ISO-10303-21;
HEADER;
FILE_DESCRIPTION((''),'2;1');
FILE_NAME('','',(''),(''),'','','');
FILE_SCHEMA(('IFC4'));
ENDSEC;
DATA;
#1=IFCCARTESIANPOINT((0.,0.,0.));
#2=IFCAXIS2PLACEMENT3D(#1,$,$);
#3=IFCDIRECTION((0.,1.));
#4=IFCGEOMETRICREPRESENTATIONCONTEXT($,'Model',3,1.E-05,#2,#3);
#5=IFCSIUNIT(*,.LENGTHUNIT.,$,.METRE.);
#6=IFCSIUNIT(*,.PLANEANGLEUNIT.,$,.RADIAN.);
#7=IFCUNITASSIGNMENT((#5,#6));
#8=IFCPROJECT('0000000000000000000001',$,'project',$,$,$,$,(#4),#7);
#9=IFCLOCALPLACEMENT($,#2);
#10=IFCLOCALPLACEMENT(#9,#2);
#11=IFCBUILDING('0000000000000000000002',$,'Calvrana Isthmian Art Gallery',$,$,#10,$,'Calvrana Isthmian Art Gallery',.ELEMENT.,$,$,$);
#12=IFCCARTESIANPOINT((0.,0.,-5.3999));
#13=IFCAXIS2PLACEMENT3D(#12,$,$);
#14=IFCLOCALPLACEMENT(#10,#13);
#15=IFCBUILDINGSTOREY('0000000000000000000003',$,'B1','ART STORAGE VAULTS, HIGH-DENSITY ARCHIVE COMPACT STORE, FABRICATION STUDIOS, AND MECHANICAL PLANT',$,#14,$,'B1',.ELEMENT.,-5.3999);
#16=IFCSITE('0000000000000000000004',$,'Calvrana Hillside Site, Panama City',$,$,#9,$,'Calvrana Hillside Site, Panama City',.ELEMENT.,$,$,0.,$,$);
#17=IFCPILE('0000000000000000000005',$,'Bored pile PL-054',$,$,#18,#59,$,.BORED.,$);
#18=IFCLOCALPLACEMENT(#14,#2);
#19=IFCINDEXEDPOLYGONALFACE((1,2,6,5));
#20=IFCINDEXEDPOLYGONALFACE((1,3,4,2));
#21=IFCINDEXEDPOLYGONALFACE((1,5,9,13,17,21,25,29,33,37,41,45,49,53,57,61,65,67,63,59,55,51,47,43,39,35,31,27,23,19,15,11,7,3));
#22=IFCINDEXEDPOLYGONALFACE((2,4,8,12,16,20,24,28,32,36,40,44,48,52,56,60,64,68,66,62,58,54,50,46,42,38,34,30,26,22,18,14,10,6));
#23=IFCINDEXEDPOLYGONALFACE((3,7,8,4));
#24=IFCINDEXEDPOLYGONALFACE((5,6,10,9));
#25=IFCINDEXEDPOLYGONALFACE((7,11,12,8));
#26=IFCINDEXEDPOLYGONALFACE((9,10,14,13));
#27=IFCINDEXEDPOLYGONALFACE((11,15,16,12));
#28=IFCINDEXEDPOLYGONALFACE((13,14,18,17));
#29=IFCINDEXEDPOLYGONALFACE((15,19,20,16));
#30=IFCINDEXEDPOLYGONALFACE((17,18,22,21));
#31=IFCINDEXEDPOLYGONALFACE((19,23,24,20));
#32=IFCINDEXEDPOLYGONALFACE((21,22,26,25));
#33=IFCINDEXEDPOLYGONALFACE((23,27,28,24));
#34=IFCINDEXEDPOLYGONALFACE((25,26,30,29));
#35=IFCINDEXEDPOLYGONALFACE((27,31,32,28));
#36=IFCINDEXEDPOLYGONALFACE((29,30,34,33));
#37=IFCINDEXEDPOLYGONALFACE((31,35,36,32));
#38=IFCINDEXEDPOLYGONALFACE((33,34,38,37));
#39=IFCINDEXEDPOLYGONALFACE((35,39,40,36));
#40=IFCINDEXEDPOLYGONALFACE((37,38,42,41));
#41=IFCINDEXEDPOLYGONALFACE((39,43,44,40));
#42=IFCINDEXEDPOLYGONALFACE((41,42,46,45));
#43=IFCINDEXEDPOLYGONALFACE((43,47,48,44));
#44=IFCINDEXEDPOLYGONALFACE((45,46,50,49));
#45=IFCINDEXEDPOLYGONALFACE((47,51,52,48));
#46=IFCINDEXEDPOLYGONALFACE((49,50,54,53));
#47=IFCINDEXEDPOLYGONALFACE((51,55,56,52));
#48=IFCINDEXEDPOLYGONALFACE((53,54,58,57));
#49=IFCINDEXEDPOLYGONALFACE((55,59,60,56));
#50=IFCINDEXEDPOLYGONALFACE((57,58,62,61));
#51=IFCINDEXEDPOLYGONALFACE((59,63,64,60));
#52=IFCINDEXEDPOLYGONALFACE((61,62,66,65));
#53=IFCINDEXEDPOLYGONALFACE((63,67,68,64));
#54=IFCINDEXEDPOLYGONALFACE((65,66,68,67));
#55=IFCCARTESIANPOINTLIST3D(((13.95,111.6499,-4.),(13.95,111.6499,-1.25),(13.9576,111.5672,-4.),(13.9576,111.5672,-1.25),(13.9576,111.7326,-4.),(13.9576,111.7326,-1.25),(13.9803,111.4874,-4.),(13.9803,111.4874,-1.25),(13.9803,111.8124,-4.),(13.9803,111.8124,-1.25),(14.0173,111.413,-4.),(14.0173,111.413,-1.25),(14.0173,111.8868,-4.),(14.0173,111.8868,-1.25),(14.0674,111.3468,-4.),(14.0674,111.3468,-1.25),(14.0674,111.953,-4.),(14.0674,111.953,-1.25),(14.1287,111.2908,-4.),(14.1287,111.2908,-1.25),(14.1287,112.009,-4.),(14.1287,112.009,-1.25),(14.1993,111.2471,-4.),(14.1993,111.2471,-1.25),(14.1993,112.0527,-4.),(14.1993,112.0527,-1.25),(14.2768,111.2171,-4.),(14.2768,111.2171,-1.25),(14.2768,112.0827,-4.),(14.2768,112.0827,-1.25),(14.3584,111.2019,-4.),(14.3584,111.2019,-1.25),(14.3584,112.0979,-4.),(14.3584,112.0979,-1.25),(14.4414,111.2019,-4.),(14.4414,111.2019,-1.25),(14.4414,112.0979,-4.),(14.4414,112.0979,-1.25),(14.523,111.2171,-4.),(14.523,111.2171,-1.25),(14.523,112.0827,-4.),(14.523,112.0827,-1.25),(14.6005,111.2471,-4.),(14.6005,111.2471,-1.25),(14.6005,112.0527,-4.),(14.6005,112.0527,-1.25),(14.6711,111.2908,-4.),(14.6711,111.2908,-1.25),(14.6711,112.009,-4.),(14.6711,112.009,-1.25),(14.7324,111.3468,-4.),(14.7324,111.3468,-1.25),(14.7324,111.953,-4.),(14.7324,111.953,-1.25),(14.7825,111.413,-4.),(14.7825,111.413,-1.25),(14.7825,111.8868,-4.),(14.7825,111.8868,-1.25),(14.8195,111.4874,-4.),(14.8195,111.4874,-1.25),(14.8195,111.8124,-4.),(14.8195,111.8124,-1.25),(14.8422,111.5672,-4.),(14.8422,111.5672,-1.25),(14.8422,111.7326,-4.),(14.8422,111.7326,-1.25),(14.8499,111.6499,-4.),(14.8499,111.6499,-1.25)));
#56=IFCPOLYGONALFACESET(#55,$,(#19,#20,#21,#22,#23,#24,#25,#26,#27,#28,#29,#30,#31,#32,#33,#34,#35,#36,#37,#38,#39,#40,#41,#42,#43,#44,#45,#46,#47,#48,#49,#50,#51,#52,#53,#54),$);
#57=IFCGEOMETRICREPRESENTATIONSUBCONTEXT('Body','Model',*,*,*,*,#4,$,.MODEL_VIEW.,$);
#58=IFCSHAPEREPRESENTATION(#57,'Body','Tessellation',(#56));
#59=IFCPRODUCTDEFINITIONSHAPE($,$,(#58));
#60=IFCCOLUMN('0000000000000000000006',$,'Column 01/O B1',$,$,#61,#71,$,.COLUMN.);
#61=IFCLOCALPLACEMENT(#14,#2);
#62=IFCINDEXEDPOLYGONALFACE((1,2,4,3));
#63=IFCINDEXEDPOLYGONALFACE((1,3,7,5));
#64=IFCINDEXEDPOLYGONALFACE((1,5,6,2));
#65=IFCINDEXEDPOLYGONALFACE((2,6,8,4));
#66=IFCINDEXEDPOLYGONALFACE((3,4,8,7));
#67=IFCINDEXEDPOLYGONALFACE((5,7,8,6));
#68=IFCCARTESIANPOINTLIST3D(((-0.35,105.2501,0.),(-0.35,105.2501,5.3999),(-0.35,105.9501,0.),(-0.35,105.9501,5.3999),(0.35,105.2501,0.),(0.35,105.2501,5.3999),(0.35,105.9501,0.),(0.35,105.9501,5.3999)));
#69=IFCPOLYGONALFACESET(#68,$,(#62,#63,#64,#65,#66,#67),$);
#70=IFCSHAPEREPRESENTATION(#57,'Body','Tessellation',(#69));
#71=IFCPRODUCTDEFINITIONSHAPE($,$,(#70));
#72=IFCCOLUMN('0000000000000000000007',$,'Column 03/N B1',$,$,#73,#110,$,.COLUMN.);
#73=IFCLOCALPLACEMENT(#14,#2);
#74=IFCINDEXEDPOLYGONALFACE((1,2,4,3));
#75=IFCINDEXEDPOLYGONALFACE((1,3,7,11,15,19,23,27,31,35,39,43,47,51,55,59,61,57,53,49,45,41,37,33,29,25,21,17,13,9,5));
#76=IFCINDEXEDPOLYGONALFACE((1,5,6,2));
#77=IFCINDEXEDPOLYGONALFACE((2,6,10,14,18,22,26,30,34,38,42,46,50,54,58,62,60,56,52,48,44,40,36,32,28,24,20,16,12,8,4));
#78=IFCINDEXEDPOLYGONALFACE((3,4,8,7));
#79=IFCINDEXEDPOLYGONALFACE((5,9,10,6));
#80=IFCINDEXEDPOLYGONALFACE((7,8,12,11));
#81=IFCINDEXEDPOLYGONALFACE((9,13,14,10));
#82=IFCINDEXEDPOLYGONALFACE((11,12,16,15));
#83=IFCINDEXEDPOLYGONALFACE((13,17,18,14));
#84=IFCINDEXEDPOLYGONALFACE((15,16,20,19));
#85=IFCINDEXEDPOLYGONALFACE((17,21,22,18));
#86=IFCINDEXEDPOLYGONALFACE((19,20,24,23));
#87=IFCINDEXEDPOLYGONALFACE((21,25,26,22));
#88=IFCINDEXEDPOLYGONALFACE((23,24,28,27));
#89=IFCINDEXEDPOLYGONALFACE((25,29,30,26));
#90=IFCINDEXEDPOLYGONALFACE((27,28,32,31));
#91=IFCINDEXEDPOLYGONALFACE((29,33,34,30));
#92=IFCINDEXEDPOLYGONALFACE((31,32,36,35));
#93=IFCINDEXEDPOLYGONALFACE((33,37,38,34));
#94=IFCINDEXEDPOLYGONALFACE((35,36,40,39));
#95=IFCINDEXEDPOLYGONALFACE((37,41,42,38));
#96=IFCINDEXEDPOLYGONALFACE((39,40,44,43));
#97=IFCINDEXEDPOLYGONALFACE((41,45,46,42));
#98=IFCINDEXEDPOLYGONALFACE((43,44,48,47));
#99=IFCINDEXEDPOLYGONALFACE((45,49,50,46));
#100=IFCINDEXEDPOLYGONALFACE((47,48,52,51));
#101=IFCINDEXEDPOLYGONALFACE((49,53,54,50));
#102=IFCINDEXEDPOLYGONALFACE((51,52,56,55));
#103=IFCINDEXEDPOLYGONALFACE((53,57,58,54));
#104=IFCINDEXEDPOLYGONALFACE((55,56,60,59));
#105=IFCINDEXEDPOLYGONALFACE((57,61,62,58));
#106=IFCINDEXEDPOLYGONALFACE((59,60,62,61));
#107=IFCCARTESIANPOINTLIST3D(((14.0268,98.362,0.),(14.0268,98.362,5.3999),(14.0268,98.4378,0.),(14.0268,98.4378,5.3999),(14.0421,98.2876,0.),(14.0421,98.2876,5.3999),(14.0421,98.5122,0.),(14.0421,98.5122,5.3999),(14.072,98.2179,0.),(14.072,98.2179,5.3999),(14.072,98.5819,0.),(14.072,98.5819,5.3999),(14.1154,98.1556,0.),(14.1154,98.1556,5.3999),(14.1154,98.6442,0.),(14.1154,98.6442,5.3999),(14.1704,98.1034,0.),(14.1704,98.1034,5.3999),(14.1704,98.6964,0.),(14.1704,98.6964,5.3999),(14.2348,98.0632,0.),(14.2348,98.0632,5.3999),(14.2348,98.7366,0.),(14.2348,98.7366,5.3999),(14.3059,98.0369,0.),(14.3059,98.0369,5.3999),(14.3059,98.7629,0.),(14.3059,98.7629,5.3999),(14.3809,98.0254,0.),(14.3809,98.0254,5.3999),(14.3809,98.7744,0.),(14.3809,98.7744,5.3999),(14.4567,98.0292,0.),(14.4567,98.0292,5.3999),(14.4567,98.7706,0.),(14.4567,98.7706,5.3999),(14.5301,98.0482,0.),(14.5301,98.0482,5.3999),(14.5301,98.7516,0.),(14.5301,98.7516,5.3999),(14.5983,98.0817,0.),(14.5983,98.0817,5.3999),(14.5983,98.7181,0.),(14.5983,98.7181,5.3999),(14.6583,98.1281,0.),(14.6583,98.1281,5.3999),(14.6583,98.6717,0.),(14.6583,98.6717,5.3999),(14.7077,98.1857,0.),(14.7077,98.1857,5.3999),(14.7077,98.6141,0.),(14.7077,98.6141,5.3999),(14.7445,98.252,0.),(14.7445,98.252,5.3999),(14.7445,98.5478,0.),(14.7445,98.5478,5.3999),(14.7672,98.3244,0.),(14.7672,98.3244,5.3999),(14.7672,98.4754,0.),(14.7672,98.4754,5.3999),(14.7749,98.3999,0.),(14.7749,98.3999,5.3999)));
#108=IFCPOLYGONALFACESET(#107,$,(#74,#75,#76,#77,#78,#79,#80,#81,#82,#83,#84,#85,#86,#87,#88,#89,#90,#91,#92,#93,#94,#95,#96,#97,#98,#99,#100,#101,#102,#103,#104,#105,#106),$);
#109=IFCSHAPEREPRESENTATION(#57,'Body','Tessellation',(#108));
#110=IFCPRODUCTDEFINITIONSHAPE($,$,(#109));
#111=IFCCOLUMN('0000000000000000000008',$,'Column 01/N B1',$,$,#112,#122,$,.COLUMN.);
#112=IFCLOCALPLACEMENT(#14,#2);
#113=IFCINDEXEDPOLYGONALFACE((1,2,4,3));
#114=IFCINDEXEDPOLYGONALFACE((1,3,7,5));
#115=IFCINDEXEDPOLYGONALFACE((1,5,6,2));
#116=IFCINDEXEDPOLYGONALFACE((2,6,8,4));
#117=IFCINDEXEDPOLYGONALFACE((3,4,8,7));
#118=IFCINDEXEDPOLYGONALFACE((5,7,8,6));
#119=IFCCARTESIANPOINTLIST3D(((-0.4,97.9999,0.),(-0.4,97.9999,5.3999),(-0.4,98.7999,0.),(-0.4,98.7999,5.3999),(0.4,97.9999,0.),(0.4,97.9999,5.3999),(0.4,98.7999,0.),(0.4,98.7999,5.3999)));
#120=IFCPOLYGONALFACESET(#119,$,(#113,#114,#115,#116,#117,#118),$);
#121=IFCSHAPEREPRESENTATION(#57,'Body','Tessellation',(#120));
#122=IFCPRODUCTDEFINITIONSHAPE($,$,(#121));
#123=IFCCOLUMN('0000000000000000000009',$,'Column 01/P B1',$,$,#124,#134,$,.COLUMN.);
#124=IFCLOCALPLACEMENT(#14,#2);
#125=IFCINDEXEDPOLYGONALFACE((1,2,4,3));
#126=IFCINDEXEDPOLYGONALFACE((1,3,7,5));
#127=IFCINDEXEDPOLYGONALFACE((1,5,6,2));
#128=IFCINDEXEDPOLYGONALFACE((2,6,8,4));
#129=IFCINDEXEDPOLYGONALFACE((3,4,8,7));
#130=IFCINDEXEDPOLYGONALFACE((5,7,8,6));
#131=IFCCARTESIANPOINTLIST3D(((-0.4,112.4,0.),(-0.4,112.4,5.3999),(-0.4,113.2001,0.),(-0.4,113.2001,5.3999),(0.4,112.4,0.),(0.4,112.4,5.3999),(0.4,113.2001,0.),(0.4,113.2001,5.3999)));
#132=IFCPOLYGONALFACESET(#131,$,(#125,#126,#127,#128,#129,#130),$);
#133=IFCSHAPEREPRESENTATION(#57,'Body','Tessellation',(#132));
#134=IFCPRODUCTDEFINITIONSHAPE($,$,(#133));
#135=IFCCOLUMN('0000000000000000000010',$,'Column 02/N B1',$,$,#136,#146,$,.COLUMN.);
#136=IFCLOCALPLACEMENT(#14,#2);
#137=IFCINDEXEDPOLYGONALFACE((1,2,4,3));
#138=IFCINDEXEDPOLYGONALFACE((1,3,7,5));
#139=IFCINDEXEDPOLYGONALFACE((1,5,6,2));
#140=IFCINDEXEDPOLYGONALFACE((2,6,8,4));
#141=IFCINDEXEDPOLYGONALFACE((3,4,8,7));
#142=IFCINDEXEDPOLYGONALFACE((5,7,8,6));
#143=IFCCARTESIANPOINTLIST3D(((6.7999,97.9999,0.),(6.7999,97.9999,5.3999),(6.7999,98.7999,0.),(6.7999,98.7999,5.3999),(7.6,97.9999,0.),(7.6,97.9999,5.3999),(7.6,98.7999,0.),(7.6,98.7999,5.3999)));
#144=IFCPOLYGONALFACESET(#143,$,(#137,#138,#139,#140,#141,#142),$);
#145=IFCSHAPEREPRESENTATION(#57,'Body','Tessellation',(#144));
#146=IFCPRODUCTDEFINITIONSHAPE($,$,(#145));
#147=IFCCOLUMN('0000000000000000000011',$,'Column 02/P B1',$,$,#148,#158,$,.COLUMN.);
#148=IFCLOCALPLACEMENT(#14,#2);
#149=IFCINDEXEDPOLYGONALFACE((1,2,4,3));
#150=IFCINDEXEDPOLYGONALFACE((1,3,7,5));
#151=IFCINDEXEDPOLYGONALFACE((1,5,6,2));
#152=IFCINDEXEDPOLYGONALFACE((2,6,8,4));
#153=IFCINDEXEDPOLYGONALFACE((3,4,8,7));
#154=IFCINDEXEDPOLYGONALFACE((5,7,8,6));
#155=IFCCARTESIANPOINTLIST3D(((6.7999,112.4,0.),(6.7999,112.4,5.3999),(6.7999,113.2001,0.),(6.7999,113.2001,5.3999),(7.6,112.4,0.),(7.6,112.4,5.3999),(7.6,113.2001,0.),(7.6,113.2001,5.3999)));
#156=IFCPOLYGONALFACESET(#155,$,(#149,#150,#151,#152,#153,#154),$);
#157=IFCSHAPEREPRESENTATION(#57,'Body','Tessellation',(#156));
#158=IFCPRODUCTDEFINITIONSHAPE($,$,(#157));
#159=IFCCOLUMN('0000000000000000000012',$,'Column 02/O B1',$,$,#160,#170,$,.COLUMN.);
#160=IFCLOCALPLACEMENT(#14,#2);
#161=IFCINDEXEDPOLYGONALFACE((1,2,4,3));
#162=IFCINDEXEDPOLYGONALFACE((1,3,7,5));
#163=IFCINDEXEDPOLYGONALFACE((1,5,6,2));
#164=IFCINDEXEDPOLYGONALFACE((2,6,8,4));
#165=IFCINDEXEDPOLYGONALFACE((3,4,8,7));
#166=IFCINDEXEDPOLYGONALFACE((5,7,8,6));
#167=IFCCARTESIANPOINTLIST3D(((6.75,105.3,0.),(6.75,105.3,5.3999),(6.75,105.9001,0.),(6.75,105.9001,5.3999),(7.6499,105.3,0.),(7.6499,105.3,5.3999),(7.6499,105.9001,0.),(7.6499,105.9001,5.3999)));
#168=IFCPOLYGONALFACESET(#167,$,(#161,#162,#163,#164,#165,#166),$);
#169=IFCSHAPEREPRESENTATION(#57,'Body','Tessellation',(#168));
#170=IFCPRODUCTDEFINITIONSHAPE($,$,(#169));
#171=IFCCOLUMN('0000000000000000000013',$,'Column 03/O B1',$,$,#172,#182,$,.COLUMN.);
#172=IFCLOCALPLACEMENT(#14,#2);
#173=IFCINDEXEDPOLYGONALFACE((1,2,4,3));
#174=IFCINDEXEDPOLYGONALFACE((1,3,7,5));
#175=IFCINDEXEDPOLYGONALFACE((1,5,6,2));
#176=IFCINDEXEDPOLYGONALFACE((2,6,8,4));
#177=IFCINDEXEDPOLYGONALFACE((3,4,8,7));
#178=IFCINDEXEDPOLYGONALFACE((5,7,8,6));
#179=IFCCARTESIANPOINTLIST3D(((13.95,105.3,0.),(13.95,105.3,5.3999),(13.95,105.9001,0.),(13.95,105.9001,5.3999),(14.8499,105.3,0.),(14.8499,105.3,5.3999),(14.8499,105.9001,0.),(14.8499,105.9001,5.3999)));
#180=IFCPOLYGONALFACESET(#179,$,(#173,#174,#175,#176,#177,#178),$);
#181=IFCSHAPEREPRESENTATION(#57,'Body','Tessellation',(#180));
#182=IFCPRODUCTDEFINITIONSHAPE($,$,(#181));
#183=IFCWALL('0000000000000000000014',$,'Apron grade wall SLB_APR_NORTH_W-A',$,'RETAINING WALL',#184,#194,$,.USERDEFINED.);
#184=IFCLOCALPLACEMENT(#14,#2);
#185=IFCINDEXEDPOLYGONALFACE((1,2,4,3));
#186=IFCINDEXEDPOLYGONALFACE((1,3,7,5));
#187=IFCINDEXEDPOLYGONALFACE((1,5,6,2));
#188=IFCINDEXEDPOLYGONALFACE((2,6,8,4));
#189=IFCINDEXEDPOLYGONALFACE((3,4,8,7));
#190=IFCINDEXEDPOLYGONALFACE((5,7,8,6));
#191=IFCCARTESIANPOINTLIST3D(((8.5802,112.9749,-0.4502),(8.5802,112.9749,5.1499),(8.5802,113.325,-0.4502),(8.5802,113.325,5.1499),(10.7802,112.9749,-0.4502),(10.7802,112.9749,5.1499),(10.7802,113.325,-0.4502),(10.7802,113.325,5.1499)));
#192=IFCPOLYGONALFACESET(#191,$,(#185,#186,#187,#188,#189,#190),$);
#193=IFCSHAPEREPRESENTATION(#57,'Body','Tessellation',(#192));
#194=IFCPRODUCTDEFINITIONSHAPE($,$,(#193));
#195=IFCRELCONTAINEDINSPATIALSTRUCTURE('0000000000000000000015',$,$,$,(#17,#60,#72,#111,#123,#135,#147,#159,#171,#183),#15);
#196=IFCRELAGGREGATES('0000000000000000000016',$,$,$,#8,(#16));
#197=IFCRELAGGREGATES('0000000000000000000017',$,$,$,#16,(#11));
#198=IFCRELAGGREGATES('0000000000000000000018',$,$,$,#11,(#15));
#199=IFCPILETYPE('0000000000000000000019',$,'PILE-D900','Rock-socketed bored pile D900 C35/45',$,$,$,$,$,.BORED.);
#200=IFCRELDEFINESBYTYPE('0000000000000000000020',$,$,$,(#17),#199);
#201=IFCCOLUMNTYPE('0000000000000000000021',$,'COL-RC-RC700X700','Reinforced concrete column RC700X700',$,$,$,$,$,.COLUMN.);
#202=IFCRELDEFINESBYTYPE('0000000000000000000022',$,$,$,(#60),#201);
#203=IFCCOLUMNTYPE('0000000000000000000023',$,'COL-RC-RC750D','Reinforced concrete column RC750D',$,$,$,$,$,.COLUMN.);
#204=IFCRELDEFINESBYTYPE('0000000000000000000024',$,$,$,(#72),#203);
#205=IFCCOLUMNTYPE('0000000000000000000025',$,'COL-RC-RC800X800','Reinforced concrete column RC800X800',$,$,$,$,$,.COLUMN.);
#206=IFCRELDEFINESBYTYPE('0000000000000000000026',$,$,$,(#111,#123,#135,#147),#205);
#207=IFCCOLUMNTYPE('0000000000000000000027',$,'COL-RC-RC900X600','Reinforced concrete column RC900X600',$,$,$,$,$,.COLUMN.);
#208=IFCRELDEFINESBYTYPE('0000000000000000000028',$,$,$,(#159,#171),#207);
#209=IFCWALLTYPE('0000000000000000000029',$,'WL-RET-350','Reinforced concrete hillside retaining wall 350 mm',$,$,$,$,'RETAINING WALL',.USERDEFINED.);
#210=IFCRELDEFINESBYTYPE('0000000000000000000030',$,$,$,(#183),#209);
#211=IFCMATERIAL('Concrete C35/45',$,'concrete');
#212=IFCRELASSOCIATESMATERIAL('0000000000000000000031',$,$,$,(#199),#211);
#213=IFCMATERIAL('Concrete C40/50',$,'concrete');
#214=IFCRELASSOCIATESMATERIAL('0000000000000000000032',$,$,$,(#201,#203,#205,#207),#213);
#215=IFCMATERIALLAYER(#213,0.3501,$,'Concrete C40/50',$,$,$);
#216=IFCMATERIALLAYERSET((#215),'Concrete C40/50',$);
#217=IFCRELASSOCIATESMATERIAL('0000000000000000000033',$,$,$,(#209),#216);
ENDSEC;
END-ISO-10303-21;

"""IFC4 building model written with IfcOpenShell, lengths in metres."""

from ifc_helpers import new_model, si_unit, direction, frame, frame_2d, origin, origin_2d, place, context, subcontext, project, spatial, rectangle, circle, extrude, material, layer, layer_set, material_profile, profile_set, type_object, element, save


model = new_model("IFC4")

# Units and contexts
model_context = context("Model", 3, precision=1e-05, world=origin(), true_north=direction((0.0, 1.0)))
body_context = subcontext(model_context, "Body", "Model", "MODEL_VIEW")
ifc_project = project(units=[si_unit("LENGTHUNIT", "METRE"), si_unit("PLANEANGLEUNIT", "RADIAN")], contexts=[model_context])

# Site, building, storey
site_placement = place(None, origin())
site = spatial("IfcSite", under=ifc_project, at=site_placement, Name="Calvrana Hillside Site, Panama City", LongName="Calvrana Hillside Site, Panama City", CompositionType="ELEMENT", RefElevation=0.0)
building_placement = place(site_placement, origin())
building = spatial("IfcBuilding", under=site, at=building_placement, Name="Calvrana Isthmian Art Gallery", LongName="Calvrana Isthmian Art Gallery", CompositionType="ELEMENT")
storey_placement = place(building_placement, frame((0.0, 0.0, -5.3999)))
storey = spatial("IfcBuildingStorey", under=building, at=storey_placement, Name="B1", Description="ART STORAGE VAULTS, HIGH-DENSITY ARCHIVE COMPACT STORE, FABRICATION STUDIOS, AND MECHANICAL PLANT", LongName="B1", CompositionType="ELEMENT", Elevation=-5.3999)

# Shared definitions
ifc_material_1 = material(Name="Concrete C35/45", Category="concrete")

# Pile
ifc_material_profile_1 = material_profile(ifc_material_1, circle(Radius=0.45, at=origin_2d()), Name="PILE900D")
ifc_profile_set_1 = profile_set([ifc_material_profile_1], Name="Concrete C35/45")
pile_type_1 = type_object("IfcPileType", Name="PILE-D900", Description="Rock-socketed bored pile D900 C35/45", PredefinedType="BORED", material=ifc_profile_set_1)
for number, where, z_axis, x_axis, name in (
    (1, (14.3999, 111.6499, -1.25), (0.0, 0.0, -1.0), (1.0, 0.0, 0.0), "Bored pile PL-054"),
):
    element("IfcPile", number, at=place(storey_placement, frame(where, z_axis=z_axis, x_axis=x_axis)), inside=storey, type_object=pile_type_1, Name=name, PredefinedType="BORED", context=body_context, shape_type="SweptSolid", body=[
        extrude(circle(Radius=0.45, at=origin_2d()), origin(), (0.0, 0.0, 1.0), 2.75),
    ])

# Columns
ifc_material_2 = material(Name="Concrete C40/50", Category="concrete")
ifc_material_profile_2 = material_profile(ifc_material_2, rectangle(XDim=0.7, YDim=0.7, at=origin_2d()), Name="RC700X700")
ifc_profile_set_2 = profile_set([ifc_material_profile_2], Name="Concrete C40/50")
column_type_1 = type_object("IfcColumnType", Name="COL-RC-RC700X700", Description="Reinforced concrete column RC700X700", PredefinedType="COLUMN", material=ifc_profile_set_2)
column_1_placement = place(storey_placement, frame((0.0, 105.6001, 0.0), z_axis=(0.0, 0.0, 1.0), x_axis=(1.0, 0.0, 0.0)))
element("IfcColumn", 2, at=column_1_placement, inside=storey, type_object=column_type_1, Name="Column 01/O B1", PredefinedType="COLUMN", context=body_context, shape_type="SweptSolid", body=[
    extrude(rectangle(XDim=0.7, YDim=0.7, at=origin_2d()), origin(), (0.0, 0.0, 1.0), 5.3999),
])
ifc_material_profile_3 = material_profile(ifc_material_2, circle(Radius=0.375, at=origin_2d()), Name="RC750D")
ifc_profile_set_3 = profile_set([ifc_material_profile_3], Name="Concrete C40/50")
column_type_2 = type_object("IfcColumnType", Name="COL-RC-RC750D", Description="Reinforced concrete column RC750D", PredefinedType="COLUMN", material=ifc_profile_set_3)
column_2_placement = place(storey_placement, frame((14.3999, 98.3999, 0.0), z_axis=(0.0, 0.0, 1.0), x_axis=(1.0, 0.0, 0.0)))
element("IfcColumn", 3, at=column_2_placement, inside=storey, type_object=column_type_2, Name="Column 03/N B1", PredefinedType="COLUMN", context=body_context, shape_type="SweptSolid", body=[
    extrude(circle(Radius=0.375, at=origin_2d()), origin(), (0.0, 0.0, 1.0), 5.3999),
])
ifc_material_profile_4 = material_profile(ifc_material_2, rectangle(XDim=0.8, YDim=0.8, at=origin_2d()), Name="RC800X800")
ifc_profile_set_4 = profile_set([ifc_material_profile_4], Name="Concrete C40/50")
column_type_3 = type_object("IfcColumnType", Name="COL-RC-RC800X800", Description="Reinforced concrete column RC800X800", PredefinedType="COLUMN", material=ifc_profile_set_4)
for number, where, z_axis, x_axis, name in (
    (4, (0.0, 98.3999, 0.0), (0.0, 0.0, 1.0), (1.0, 0.0, 0.0), "Column 01/N B1"),
    (5, (0.0, 112.8, 0.0), (0.0, 0.0, 1.0), (1.0, 0.0, 0.0), "Column 01/P B1"),
    (6, (7.2, 98.3999, 0.0), (0.0, 0.0, 1.0), (1.0, 0.0, 0.0), "Column 02/N B1"),
    (7, (7.2, 112.8, 0.0), (0.0, 0.0, 1.0), (1.0, 0.0, 0.0), "Column 02/P B1"),
):
    element("IfcColumn", number, at=place(storey_placement, frame(where, z_axis=z_axis, x_axis=x_axis)), inside=storey, type_object=column_type_3, Name=name, PredefinedType="COLUMN", context=body_context, shape_type="SweptSolid", body=[
        extrude(rectangle(XDim=0.8, YDim=0.8, at=origin_2d()), origin(), (0.0, 0.0, 1.0), 5.3999),
    ])
ifc_material_profile_5 = material_profile(ifc_material_2, rectangle(XDim=0.8999, YDim=0.6001, at=origin_2d()), Name="RC900X600")
ifc_profile_set_5 = profile_set([ifc_material_profile_5], Name="Concrete C40/50")
column_type_4 = type_object("IfcColumnType", Name="COL-RC-RC900X600", Description="Reinforced concrete column RC900X600", PredefinedType="COLUMN", material=ifc_profile_set_5)
for number, where, z_axis, x_axis, name in (
    (8, (7.2, 105.6001, 0.0), (0.0, 0.0, 1.0), (1.0, 0.0, 0.0), "Column 02/O B1"),
    (9, (14.3999, 105.6001, 0.0), (0.0, 0.0, 1.0), (1.0, 0.0, 0.0), "Column 03/O B1"),
):
    element("IfcColumn", number, at=place(storey_placement, frame(where, z_axis=z_axis, x_axis=x_axis)), inside=storey, type_object=column_type_4, Name=name, PredefinedType="COLUMN", context=body_context, shape_type="SweptSolid", body=[
        extrude(rectangle(XDim=0.8999, YDim=0.6001, at=origin_2d()), origin(), (0.0, 0.0, 1.0), 5.3999),
    ])

# Wall
ifc_layer = layer(ifc_material_2, 0.3501, Name="Concrete C40/50")
ifc_layer_set = layer_set([ifc_layer], Name="Concrete C40/50")
wall_type = type_object("IfcWallType", Name="WL-RET-350", Description="Reinforced concrete hillside retaining wall 350 mm", ElementType="RETAINING WALL", PredefinedType="USERDEFINED", material=ifc_layer_set)
wall_placement = place(storey_placement, frame((8.5801, 113.1499, -0.4502), z_axis=(0.0, 0.0, 1.0), x_axis=(1.0, 0.0, 0.0)))
element("IfcWall", 10, at=wall_placement, inside=storey, type_object=wall_type, Name="Apron grade wall SLB_APR_NORTH_W-A", ObjectType="RETAINING WALL", PredefinedType="USERDEFINED", context=body_context, shape_type="SweptSolid", body=[
    extrude(rectangle(XDim=2.2, YDim=0.3501, at=frame_2d((1.1001, 0.0))), origin(), (0.0, 0.0, 1.0), 5.6001),
])

save(model, "model.ifc")
